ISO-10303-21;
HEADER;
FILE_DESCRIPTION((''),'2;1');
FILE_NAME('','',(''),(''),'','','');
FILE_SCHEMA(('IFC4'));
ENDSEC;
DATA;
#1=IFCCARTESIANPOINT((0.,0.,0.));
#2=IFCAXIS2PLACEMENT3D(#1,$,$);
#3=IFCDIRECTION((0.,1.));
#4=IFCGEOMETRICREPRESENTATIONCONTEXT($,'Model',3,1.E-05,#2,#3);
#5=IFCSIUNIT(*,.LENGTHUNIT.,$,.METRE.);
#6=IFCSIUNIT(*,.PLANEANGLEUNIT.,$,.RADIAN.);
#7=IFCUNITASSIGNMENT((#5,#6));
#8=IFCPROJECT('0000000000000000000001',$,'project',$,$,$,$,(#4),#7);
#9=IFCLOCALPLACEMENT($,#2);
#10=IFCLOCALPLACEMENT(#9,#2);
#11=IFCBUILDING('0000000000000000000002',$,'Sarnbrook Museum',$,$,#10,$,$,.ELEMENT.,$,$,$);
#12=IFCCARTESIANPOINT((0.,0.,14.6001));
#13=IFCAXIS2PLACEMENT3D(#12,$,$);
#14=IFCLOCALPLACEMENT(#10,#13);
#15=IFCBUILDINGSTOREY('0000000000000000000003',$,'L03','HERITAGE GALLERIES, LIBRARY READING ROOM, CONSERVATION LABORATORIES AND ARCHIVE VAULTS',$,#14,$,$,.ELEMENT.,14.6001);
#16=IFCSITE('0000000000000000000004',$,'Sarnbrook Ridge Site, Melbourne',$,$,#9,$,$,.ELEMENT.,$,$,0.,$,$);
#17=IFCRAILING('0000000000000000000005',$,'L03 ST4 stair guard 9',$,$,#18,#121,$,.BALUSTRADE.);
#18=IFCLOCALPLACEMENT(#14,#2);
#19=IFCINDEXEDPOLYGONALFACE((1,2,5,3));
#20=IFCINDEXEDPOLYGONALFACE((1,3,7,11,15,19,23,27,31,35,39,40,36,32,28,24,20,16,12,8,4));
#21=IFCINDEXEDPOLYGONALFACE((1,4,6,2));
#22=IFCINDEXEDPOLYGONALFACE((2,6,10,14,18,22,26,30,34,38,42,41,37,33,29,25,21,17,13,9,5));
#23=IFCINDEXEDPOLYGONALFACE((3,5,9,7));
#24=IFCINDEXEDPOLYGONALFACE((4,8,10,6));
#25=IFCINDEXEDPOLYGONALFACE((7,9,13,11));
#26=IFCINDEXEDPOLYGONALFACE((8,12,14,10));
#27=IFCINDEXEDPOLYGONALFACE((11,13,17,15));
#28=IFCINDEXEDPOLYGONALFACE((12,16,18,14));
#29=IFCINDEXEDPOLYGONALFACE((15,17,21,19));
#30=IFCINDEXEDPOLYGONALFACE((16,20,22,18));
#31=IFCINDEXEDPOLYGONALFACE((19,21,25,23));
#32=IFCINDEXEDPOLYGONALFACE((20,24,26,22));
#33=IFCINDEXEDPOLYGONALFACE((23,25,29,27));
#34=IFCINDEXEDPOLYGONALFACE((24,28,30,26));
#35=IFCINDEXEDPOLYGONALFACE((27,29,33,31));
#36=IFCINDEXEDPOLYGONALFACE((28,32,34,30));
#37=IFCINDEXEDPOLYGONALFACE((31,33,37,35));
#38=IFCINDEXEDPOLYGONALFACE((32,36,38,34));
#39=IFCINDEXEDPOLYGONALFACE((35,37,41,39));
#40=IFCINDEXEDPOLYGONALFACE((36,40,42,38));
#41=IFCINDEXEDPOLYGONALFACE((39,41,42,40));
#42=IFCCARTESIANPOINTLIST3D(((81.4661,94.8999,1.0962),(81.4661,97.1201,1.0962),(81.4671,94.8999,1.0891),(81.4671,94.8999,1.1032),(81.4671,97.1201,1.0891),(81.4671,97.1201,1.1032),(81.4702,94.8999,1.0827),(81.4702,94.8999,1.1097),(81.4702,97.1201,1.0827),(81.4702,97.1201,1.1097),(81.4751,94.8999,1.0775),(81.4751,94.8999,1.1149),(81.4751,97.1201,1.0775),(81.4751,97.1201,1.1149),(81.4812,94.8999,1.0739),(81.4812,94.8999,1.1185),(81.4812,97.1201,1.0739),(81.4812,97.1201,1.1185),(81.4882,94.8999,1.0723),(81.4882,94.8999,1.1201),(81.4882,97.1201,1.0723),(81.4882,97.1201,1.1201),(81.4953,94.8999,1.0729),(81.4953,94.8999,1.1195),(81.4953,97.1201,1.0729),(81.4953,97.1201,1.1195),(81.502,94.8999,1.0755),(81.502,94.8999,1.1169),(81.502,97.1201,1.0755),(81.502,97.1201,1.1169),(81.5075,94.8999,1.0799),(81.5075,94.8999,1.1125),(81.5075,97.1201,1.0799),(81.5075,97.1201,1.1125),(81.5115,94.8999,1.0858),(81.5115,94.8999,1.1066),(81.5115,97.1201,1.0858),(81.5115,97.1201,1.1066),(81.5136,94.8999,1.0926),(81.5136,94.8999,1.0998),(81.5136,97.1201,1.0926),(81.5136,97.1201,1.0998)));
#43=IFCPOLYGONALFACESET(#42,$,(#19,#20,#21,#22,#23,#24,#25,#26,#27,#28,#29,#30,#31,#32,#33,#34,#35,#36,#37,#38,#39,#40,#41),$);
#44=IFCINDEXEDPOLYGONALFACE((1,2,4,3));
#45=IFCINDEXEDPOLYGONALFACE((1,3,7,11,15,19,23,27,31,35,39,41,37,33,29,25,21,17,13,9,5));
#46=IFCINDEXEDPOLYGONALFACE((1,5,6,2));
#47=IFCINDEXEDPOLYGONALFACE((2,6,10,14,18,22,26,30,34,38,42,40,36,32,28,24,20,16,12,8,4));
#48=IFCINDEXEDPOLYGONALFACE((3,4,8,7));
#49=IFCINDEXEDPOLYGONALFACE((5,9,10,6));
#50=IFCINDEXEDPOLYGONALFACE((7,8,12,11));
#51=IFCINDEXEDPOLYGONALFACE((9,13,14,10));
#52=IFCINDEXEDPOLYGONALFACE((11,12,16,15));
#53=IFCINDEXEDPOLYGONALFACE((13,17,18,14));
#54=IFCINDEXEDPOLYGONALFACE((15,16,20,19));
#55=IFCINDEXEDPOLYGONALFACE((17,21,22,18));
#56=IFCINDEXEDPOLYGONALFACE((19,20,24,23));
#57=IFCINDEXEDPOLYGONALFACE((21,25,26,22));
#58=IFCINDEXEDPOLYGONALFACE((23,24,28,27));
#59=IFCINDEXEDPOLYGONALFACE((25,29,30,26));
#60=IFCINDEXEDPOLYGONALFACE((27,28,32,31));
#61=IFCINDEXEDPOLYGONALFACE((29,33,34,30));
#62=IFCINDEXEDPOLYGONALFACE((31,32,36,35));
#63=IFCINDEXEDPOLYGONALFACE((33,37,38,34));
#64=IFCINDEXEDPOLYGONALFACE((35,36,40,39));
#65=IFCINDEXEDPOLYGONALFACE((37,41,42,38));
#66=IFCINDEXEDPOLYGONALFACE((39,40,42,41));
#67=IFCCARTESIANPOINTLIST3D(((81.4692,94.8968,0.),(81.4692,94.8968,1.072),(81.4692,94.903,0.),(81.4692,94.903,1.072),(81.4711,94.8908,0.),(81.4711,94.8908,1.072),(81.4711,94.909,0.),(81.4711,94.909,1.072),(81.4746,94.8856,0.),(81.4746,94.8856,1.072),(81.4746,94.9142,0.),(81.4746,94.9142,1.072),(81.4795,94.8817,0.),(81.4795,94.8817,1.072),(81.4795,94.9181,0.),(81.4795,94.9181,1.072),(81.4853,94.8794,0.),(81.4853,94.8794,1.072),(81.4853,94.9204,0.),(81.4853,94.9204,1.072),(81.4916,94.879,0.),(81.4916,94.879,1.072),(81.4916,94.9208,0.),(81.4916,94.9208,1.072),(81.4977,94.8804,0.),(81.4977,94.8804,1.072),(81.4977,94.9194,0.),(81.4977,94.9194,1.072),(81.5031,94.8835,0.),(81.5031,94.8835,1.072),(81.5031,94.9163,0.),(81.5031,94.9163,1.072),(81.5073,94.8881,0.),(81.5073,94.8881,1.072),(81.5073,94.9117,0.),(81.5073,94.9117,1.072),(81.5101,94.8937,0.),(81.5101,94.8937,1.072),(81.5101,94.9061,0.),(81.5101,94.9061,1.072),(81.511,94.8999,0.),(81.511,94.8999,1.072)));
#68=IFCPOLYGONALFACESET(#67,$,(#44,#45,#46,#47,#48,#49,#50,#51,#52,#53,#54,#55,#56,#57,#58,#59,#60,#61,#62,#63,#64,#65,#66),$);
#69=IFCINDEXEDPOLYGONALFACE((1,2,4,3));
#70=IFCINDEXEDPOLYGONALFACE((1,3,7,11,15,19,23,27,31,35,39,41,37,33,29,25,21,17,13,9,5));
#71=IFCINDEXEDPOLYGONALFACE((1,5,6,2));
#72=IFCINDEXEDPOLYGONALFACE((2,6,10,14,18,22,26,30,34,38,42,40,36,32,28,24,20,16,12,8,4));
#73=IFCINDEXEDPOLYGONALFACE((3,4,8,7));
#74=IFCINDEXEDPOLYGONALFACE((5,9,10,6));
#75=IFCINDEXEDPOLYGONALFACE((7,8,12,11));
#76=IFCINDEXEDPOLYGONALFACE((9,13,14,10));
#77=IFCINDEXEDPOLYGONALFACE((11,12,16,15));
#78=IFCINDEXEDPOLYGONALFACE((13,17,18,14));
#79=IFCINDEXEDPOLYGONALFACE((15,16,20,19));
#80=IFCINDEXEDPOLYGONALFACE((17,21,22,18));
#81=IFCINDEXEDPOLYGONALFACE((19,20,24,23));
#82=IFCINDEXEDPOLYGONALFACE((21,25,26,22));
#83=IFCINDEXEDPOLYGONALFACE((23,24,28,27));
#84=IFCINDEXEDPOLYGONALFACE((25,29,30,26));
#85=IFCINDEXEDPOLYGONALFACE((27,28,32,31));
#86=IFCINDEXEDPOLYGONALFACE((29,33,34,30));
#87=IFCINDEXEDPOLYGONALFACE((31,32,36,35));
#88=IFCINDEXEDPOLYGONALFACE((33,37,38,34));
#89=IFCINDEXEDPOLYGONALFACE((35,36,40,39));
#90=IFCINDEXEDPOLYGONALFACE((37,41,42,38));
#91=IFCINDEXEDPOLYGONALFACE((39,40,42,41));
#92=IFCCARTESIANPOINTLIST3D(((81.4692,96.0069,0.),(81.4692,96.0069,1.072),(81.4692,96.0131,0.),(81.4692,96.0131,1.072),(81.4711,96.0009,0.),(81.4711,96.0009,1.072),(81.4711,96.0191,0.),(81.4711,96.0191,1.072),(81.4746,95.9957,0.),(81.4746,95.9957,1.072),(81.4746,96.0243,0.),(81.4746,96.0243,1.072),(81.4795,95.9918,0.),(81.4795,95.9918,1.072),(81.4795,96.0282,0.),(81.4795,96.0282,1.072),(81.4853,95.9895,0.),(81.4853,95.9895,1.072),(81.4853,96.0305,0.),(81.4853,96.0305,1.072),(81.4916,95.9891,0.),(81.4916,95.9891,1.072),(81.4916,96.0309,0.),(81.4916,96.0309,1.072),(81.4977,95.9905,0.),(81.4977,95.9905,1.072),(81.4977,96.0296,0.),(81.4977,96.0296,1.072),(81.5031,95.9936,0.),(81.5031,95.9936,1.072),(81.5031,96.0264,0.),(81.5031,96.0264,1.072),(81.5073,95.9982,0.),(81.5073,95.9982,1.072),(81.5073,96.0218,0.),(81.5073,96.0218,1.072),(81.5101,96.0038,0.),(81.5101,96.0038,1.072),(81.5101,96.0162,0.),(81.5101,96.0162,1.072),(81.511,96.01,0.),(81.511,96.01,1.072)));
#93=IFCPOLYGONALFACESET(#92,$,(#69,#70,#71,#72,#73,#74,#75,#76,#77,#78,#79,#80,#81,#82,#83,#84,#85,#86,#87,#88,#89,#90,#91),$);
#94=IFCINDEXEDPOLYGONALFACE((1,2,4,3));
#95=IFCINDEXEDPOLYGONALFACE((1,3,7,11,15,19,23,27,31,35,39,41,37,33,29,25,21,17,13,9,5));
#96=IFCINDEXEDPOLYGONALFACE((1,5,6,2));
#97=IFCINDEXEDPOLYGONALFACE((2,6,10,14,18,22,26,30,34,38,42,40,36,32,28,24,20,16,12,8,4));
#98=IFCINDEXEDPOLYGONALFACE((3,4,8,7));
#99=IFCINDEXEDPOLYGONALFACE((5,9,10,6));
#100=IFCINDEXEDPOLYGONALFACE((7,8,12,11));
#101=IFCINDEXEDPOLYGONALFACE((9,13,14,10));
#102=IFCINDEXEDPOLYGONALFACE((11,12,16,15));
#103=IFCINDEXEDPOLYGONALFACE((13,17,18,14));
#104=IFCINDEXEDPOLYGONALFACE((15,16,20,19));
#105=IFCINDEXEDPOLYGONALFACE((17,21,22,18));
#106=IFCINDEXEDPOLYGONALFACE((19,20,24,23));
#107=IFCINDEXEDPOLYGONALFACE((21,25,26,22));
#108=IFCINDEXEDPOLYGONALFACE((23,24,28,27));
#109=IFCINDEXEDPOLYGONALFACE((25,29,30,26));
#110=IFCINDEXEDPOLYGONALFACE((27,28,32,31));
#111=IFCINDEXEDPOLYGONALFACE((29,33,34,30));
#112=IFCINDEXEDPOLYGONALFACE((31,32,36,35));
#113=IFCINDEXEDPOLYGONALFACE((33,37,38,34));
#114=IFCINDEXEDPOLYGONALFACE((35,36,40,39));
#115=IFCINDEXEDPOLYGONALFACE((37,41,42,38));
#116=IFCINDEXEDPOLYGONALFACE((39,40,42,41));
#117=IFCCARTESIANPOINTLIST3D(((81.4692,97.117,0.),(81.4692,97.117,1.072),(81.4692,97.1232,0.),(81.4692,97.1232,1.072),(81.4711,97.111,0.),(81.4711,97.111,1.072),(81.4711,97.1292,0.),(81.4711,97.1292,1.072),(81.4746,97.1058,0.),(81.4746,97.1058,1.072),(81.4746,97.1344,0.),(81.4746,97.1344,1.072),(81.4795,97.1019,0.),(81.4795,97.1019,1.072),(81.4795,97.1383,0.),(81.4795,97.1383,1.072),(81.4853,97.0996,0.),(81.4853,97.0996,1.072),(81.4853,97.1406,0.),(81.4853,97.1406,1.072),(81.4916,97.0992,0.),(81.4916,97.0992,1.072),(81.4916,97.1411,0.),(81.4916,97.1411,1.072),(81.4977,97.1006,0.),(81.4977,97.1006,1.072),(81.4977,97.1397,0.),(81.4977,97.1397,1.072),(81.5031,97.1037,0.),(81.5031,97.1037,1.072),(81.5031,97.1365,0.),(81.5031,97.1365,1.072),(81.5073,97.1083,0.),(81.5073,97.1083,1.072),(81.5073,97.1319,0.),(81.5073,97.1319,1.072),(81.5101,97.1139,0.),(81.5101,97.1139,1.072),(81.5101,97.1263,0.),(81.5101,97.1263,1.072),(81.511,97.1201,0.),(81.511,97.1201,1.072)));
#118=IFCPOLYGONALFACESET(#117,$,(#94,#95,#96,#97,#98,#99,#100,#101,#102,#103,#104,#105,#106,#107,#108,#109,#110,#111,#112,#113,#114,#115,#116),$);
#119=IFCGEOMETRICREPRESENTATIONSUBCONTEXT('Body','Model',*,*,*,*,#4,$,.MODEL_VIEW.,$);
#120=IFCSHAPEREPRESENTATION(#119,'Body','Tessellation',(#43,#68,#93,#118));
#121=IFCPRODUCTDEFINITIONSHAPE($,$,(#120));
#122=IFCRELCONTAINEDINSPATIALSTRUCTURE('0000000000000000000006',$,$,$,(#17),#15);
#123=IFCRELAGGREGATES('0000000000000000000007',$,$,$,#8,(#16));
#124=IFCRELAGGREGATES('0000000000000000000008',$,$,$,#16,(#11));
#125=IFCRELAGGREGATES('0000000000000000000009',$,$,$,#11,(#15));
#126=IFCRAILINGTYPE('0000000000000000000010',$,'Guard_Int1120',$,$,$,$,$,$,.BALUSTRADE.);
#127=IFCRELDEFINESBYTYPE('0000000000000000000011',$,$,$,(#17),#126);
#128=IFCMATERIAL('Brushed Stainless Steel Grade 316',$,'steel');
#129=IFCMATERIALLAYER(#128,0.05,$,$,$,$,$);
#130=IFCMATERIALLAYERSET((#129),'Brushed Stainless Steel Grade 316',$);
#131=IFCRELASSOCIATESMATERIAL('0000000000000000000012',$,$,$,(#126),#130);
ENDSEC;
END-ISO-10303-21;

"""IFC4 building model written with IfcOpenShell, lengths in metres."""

from ifc_helpers import new_model, si_unit, direction, frame, origin, origin_2d, place, context, subcontext, project, spatial, circle, extrude, material, layer, layer_set, type_object, element, save


model = new_model("IFC4")

# Units and contexts
model_context = context("Model", 3, precision=1e-05, world=origin(), true_north=direction((0.0, 1.0)))
body_context = subcontext(model_context, "Body", "Model", "MODEL_VIEW")
ifc_project = project(units=[si_unit("LENGTHUNIT", "METRE"), si_unit("PLANEANGLEUNIT", "RADIAN")], contexts=[model_context])

# Site, building, storey
site_placement = place(None, origin())
site = spatial("IfcSite", under=ifc_project, at=site_placement, Name="Sarnbrook Ridge Site, Melbourne", CompositionType="ELEMENT", RefElevation=0.0)
building_placement = place(site_placement, origin())
building = spatial("IfcBuilding", under=site, at=building_placement, Name="Sarnbrook Museum", CompositionType="ELEMENT")
storey_placement = place(building_placement, frame((0.0, 0.0, 14.6001)))
storey = spatial("IfcBuildingStorey", under=building, at=storey_placement, Name="L03", Description="HERITAGE GALLERIES, LIBRARY READING ROOM, CONSERVATION LABORATORIES AND ARCHIVE VAULTS", CompositionType="ELEMENT", Elevation=14.6001)

# Shared definitions
ifc_material_1 = material(Name="Brushed Stainless Steel Grade 316", Category="steel")

# Railing
ifc_layer_1 = layer(ifc_material_1, 0.05)
ifc_layer_set_1 = layer_set([ifc_layer_1], Name="Brushed Stainless Steel Grade 316")
railing_type = type_object("IfcRailingType", Name="Guard_Int1120", PredefinedType="BALUSTRADE", material=ifc_layer_set_1)
for number, where, name in (
    (1, (81.49, 94.8999, 0.0), "L03 ST4 stair guard 9"),
):
    element("IfcRailing", number, at=place(storey_placement, frame(where)), inside=storey, type_object=railing_type, Name=name, PredefinedType="BALUSTRADE", context=body_context, shape_type="SweptSolid", body=[
        extrude(circle(Radius=0.0239, at=origin_2d()), frame((0.0, 0.0, 1.0962), z_axis=(0.0, 1.0, 0.0), x_axis=(-1.0, 0.0, 0.0)), (0.0, 0.0, 1.0), 2.2202),
        extrude(circle(Radius=0.021, at=origin_2d()), origin(), (0.0, 0.0, 1.0), 1.072),
        extrude(circle(Radius=0.021, at=origin_2d()), frame((0.0, 1.1101, 0.0)), (0.0, 0.0, 1.0), 1.072),
        extrude(circle(Radius=0.021, at=origin_2d()), frame((0.0, 2.2202, 0.0)), (0.0, 0.0, 1.0), 1.072),
    ])

save(model, "model.ifc")
